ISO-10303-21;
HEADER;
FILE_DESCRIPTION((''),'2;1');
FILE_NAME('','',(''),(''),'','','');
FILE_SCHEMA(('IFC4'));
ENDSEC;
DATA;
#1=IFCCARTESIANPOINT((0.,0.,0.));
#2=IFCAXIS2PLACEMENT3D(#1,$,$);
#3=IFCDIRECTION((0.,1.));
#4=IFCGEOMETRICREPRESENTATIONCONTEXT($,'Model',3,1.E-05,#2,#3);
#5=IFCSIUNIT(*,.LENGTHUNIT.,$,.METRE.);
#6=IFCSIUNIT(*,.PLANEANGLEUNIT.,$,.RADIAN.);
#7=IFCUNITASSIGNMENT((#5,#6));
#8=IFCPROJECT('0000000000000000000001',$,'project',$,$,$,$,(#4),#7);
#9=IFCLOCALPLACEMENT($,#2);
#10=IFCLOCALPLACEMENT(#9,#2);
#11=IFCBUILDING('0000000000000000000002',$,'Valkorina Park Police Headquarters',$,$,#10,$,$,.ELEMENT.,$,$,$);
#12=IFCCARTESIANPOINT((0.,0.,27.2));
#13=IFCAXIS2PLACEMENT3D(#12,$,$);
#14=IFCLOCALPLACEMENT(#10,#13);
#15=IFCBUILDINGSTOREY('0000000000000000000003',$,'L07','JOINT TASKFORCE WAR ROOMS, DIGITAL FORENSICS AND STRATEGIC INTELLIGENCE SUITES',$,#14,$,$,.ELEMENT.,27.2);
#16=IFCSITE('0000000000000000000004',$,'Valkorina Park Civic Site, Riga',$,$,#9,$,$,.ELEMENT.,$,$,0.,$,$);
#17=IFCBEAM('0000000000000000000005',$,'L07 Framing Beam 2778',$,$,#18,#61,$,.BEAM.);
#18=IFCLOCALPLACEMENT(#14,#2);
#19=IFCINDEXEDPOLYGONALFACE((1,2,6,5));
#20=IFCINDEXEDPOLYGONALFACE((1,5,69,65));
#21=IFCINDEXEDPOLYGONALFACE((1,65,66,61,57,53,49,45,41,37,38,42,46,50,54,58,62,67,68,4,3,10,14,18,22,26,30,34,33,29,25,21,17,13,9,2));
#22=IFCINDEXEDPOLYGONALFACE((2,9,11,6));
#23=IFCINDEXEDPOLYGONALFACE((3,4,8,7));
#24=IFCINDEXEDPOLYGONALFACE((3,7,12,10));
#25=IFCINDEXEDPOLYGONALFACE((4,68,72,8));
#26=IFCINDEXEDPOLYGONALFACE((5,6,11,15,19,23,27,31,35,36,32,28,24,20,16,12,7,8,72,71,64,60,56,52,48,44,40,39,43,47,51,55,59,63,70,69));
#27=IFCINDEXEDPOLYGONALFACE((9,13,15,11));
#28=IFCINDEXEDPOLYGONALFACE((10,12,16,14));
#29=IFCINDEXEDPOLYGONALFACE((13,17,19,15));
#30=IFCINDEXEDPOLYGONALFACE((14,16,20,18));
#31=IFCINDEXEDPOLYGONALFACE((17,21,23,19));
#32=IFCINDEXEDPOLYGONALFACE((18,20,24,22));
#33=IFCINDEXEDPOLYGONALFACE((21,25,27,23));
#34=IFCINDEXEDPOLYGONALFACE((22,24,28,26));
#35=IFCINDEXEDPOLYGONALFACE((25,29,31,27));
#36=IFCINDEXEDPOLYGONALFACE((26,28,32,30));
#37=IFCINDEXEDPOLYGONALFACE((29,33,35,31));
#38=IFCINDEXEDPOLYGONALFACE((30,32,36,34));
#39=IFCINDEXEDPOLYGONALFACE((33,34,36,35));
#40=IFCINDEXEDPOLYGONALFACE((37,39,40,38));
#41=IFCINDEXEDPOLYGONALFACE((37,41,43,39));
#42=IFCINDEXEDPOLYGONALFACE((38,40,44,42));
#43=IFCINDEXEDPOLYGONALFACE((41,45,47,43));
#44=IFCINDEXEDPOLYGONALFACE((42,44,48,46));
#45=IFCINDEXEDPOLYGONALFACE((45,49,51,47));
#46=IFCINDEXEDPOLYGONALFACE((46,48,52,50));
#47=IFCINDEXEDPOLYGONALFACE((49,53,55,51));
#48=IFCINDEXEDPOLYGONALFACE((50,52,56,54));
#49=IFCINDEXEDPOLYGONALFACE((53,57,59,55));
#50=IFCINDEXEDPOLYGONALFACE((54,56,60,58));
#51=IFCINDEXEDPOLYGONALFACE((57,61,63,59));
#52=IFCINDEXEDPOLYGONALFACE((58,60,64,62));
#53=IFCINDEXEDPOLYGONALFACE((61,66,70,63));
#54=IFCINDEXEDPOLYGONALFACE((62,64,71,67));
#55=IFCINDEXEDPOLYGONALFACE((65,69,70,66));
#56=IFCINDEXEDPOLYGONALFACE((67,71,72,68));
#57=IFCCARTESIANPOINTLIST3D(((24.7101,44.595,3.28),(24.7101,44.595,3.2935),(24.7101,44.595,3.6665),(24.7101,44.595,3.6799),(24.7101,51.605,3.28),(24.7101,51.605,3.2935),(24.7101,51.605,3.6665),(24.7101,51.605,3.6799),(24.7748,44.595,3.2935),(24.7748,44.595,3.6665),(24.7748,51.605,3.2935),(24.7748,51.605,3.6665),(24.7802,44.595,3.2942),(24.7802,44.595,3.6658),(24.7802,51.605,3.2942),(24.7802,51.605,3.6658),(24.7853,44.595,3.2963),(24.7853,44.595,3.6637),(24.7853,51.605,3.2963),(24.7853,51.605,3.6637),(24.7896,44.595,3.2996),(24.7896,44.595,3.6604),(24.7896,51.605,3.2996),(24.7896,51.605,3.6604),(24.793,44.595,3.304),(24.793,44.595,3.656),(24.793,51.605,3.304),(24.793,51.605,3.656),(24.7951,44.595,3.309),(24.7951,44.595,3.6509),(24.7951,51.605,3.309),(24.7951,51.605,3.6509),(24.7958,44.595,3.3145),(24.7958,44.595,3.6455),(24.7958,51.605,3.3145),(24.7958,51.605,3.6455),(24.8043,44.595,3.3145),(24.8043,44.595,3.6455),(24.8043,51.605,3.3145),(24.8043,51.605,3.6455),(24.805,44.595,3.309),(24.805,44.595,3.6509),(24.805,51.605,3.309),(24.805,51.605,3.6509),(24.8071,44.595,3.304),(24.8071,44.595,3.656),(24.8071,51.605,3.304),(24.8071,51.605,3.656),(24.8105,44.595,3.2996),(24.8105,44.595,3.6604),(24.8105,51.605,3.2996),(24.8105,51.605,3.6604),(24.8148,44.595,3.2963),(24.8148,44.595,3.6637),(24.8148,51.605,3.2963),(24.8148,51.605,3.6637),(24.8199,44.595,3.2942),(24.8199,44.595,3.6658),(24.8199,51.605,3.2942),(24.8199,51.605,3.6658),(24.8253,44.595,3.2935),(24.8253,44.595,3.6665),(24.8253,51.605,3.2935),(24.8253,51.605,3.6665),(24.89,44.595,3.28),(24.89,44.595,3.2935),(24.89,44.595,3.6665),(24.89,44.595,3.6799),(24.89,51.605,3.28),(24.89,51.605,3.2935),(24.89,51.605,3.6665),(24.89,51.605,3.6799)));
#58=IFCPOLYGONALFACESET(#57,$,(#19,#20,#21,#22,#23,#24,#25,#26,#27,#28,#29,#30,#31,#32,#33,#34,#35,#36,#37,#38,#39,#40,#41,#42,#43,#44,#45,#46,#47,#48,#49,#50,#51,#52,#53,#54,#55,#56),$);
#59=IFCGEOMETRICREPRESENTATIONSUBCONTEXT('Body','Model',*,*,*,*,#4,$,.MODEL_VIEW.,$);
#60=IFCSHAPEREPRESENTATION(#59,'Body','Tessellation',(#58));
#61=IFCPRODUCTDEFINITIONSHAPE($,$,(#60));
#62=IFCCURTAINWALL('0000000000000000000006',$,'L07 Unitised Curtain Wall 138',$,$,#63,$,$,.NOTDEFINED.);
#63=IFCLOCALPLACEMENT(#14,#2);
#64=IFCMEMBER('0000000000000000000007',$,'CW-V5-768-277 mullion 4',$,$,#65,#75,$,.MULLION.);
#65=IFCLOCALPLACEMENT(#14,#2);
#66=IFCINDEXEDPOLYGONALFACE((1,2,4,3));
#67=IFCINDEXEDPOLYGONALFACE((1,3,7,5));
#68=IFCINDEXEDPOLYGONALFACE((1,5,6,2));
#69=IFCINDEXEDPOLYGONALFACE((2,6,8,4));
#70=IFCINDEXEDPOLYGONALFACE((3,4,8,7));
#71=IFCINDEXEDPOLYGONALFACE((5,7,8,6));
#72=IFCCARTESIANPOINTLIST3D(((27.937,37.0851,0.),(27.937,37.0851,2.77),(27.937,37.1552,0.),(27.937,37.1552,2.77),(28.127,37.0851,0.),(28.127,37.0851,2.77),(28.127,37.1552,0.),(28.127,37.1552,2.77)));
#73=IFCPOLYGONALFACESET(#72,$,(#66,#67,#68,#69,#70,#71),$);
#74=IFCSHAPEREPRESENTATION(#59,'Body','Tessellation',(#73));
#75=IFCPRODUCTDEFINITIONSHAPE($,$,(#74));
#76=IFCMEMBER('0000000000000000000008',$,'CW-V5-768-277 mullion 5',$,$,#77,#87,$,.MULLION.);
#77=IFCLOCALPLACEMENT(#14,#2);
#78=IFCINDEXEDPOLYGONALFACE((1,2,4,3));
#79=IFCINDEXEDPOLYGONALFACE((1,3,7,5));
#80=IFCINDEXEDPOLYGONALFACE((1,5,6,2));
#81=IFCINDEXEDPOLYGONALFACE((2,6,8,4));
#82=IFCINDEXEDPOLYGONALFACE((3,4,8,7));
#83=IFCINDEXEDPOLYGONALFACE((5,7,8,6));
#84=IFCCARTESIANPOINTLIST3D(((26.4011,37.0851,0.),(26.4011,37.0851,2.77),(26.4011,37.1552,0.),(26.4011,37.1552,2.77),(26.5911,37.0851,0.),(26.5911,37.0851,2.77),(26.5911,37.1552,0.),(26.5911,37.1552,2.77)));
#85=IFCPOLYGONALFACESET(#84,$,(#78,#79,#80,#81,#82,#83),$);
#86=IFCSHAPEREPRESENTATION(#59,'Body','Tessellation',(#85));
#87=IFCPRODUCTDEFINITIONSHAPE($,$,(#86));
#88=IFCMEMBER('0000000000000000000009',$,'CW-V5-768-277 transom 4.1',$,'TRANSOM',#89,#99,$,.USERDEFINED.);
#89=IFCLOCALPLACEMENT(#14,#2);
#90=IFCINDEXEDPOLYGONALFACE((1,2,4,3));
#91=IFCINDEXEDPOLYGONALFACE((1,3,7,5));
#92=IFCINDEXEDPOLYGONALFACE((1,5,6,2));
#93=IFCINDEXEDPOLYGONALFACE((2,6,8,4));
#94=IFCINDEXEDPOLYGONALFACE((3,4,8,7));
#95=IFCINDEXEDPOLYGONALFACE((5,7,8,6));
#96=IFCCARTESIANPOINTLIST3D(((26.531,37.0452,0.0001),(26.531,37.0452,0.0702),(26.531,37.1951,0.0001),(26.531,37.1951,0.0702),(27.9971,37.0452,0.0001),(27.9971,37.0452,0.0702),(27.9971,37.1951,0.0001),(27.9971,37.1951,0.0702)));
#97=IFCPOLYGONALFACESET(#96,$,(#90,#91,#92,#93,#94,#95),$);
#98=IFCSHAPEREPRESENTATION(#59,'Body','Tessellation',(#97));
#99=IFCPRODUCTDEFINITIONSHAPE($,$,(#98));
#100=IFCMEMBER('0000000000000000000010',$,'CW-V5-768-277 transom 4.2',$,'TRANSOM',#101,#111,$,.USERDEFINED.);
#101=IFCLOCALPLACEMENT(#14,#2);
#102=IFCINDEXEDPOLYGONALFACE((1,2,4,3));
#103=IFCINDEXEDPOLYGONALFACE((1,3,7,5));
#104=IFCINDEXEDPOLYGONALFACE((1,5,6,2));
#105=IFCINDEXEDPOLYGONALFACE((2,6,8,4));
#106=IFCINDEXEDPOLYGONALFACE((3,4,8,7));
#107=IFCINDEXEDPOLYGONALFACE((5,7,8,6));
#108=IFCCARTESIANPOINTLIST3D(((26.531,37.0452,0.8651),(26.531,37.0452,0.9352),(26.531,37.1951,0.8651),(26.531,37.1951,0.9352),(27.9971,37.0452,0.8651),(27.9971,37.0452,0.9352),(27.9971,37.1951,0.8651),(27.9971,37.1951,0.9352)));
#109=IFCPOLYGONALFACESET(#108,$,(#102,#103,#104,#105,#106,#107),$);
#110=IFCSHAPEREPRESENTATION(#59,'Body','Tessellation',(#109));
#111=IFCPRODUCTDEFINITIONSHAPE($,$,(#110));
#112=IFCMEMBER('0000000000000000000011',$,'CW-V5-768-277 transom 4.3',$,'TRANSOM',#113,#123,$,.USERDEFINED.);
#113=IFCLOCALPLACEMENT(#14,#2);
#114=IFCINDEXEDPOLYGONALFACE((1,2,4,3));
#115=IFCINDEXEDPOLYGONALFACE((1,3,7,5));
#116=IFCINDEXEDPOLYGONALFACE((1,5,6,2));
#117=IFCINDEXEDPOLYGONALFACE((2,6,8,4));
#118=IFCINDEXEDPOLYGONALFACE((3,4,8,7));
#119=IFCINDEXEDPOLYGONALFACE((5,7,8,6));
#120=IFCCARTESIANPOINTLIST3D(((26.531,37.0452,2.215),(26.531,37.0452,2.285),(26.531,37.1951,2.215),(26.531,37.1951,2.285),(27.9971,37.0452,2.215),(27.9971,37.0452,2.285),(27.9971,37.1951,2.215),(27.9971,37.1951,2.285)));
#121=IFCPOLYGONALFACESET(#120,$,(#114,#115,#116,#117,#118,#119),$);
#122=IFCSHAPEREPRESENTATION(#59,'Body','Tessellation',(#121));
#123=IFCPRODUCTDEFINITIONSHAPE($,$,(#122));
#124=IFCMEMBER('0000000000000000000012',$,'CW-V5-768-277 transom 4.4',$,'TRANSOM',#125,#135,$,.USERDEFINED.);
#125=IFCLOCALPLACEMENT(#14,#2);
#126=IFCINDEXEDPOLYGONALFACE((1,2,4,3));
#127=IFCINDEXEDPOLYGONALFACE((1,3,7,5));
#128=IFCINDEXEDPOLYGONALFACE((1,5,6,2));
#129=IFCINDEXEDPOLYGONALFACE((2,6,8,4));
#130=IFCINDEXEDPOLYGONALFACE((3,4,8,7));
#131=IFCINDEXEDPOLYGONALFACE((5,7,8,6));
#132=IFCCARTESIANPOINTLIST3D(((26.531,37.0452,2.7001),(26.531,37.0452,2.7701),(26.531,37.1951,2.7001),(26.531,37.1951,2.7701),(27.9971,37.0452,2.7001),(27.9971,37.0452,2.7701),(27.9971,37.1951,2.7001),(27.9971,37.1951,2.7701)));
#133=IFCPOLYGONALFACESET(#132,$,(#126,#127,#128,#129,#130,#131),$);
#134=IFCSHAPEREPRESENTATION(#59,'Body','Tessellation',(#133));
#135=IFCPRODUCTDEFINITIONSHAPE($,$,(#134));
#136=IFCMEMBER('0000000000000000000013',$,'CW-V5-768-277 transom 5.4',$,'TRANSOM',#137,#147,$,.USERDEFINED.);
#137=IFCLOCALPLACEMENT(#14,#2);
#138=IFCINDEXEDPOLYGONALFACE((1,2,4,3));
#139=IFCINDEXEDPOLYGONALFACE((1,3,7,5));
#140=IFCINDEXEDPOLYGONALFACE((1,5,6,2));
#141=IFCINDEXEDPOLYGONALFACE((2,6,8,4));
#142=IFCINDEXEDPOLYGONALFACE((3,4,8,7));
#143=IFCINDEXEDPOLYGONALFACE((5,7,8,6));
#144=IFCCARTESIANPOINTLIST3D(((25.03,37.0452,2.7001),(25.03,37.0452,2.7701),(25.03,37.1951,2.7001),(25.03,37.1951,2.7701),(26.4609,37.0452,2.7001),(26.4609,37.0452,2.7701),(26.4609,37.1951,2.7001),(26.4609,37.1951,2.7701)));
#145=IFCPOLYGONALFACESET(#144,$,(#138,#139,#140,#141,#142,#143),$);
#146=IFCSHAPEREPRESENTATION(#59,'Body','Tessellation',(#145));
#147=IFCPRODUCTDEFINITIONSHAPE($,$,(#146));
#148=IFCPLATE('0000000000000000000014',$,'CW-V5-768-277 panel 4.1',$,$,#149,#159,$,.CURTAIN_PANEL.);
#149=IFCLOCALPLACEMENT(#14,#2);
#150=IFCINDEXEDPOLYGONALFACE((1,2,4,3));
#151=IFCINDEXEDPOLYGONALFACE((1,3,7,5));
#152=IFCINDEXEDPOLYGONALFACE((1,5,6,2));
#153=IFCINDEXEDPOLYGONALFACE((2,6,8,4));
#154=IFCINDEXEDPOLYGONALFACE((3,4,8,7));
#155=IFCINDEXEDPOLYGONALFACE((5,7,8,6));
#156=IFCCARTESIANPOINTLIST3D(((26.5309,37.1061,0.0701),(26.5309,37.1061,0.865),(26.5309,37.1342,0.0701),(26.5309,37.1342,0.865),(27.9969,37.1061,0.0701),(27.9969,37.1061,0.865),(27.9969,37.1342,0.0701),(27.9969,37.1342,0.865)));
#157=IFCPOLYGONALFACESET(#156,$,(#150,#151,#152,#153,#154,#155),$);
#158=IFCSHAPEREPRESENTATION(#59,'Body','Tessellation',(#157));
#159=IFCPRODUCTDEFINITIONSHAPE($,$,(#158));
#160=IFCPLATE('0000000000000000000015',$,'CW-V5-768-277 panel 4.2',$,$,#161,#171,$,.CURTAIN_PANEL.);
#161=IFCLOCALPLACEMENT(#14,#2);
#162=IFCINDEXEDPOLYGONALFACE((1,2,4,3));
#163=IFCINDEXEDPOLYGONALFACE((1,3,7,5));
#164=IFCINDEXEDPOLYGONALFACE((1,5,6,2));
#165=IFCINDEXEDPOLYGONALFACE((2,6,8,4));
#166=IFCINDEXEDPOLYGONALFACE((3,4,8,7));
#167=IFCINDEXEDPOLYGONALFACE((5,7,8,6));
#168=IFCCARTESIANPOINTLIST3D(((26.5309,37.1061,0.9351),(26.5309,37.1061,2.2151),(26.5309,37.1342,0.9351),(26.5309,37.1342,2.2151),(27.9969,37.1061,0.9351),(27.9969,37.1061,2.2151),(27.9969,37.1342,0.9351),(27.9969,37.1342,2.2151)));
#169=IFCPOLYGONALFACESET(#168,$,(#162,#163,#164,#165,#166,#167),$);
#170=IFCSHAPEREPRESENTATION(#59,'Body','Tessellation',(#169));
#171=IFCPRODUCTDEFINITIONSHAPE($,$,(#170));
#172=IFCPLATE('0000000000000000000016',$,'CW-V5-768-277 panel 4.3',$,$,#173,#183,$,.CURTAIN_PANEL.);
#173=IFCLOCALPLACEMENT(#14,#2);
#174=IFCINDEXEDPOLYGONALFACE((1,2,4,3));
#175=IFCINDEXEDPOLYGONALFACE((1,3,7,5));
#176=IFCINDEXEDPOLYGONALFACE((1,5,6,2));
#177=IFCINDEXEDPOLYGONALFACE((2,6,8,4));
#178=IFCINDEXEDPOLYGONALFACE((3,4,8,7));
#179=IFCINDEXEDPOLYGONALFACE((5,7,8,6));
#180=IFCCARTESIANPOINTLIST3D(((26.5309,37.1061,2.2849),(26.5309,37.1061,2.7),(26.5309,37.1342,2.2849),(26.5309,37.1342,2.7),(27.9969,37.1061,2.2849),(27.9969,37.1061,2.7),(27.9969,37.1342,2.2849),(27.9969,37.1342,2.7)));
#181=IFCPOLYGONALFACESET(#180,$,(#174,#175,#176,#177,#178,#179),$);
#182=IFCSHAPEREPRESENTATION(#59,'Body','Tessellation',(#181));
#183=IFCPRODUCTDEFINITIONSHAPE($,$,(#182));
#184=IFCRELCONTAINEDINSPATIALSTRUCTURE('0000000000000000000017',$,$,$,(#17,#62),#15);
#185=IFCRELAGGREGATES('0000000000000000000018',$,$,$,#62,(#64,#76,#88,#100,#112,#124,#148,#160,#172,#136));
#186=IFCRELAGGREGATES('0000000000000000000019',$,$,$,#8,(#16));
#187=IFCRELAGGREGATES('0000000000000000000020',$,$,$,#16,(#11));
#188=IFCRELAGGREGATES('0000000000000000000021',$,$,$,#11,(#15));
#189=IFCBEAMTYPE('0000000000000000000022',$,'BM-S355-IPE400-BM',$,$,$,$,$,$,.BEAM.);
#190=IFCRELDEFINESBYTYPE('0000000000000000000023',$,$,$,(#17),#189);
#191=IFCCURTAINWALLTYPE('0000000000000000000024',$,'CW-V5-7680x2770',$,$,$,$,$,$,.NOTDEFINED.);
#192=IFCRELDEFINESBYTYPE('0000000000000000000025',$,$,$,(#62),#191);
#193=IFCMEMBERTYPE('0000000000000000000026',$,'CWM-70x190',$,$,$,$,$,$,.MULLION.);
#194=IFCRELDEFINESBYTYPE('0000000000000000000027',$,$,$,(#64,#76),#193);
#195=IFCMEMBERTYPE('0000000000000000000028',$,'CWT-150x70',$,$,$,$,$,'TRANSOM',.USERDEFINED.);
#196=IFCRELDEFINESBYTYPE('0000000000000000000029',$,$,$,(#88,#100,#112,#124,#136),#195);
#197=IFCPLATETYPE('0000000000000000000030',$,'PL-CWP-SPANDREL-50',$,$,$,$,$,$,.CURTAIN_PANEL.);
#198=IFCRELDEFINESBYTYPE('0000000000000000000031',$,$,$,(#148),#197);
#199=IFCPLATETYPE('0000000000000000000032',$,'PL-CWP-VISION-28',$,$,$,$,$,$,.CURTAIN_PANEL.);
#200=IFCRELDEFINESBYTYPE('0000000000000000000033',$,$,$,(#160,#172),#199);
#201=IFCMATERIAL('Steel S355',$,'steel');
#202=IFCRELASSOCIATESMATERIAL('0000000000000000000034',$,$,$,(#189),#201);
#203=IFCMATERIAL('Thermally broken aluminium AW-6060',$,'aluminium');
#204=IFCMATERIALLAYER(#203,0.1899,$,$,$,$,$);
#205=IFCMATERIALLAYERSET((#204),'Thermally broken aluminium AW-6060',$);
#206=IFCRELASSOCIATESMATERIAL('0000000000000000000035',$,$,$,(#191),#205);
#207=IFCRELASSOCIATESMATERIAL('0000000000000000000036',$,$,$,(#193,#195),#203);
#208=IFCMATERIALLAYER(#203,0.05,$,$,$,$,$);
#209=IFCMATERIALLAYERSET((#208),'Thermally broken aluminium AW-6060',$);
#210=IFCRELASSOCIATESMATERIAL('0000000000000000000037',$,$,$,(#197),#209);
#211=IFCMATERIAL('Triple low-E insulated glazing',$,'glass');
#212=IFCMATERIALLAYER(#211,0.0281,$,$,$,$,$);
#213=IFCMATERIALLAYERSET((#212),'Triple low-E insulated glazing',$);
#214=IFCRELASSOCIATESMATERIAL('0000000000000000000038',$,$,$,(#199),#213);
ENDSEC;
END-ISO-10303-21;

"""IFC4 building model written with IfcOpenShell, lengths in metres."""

from ifc_helpers import new_model, si_unit, direction, frame, origin, origin_2d, place, context, subcontext, project, spatial, rectangle, i_section, extrude, material, layer, layer_set, material_profile, profile_set, type_object, element, aggregate, save


model = new_model("IFC4")

# Units and contexts
model_context = context("Model", 3, precision=1e-05, world=origin(), true_north=direction((0.0, 1.0)))
body_context = subcontext(model_context, "Body", "Model", "MODEL_VIEW")
ifc_project = project(units=[si_unit("LENGTHUNIT", "METRE"), si_unit("PLANEANGLEUNIT", "RADIAN")], contexts=[model_context])

# Site, building, storey
site_placement = place(None, origin())
site = spatial("IfcSite", under=ifc_project, at=site_placement, Name="Valkorina Park Civic Site, Riga", CompositionType="ELEMENT", RefElevation=0.0)
building_placement = place(site_placement, origin())
building = spatial("IfcBuilding", under=site, at=building_placement, Name="Valkorina Park Police Headquarters", CompositionType="ELEMENT")
storey_placement = place(building_placement, frame((0.0, 0.0, 27.2)))
storey = spatial("IfcBuildingStorey", under=building, at=storey_placement, Name="L07", Description="JOINT TASKFORCE WAR ROOMS, DIGITAL FORENSICS AND STRATEGIC INTELLIGENCE SUITES", CompositionType="ELEMENT", Elevation=27.2)

# Shared definitions
ifc_material_1 = material(Name="Steel S355", Category="steel")

# Beam
ifc_material_profile_1 = material_profile(ifc_material_1, i_section(OverallWidth=0.1799, OverallDepth=0.3999, WebThickness=0.0085, FlangeThickness=0.0134, FilletRadius=0.021, at=origin_2d()), Name="IPE 400")
ifc_profile_set_1 = profile_set([ifc_material_profile_1], Name="Steel S355")
beam_type_1 = type_object("IfcBeamType", Name="BM-S355-IPE400-BM", PredefinedType="BEAM", material=ifc_profile_set_1)
beam_1_placement = place(storey_placement, frame((24.8, 44.595, 3.48), z_axis=(0.0, 1.0, 0.0), x_axis=(-1.0, 0.0, 0.0)))
element("IfcBeam", 1, at=beam_1_placement, inside=storey, type_object=beam_type_1, Name="L07 Framing Beam 2778", PredefinedType="BEAM", context=body_context, shape_type="SweptSolid", body=[
    extrude(i_section(OverallWidth=0.1799, OverallDepth=0.3999, WebThickness=0.0085, FlangeThickness=0.0134, FilletRadius=0.021, at=origin_2d()), origin(), (0.0, 0.0, 1.0), 7.01),
])

# Curtain wall, members, plates
ifc_material_2 = material(Name="Thermally broken aluminium AW-6060", Category="aluminium")
ifc_layer_1 = layer(ifc_material_2, 0.1899)
ifc_layer_set_1 = layer_set([ifc_layer_1], Name="Thermally broken aluminium AW-6060")
curtain_wall_type = type_object("IfcCurtainWallType", Name="CW-V5-7680x2770", PredefinedType="NOTDEFINED", material=ifc_layer_set_1)
curtain_wall_placement = place(storey_placement, origin())
curtain_wall = element("IfcCurtainWall", 2, at=curtain_wall_placement, inside=storey, type_object=curtain_wall_type, Name="L07 Unitised Curtain Wall 138", PredefinedType="NOTDEFINED")
ifc_material_profile_2 = material_profile(ifc_material_2, rectangle(XDim=0.0701, YDim=0.1899, at=origin_2d()), Name="CWM-02 70x190")
ifc_profile_set_2 = profile_set([ifc_material_profile_2], Name="Thermally broken aluminium AW-6060")
member_type_1 = type_object("IfcMemberType", Name="CWM-70x190", PredefinedType="MULLION", material=ifc_profile_set_2)
member_1_placement = place(storey_placement, frame((28.032, 37.1201, 0.0), z_axis=(0.0, 0.0, 1.0), x_axis=(0.0, -1.0, 0.0)))
member_1 = element("IfcMember", 3, at=member_1_placement, type_object=member_type_1, Name="CW-V5-768-277 mullion 4", PredefinedType="MULLION", context=body_context, shape_type="SweptSolid", body=[
    extrude(rectangle(XDim=0.0701, YDim=0.1899, at=origin_2d()), origin(), (0.0, 0.0, 1.0), 2.77),
])
member_2_placement = place(storey_placement, frame((26.4961, 37.1201, 0.0), z_axis=(0.0, 0.0, 1.0), x_axis=(0.0, -1.0, 0.0)))
member_2 = element("IfcMember", 4, at=member_2_placement, type_object=member_type_1, Name="CW-V5-768-277 mullion 5", PredefinedType="MULLION", context=body_context, shape_type="SweptSolid", body=[
    extrude(rectangle(XDim=0.0701, YDim=0.1899, at=origin_2d()), origin(), (0.0, 0.0, 1.0), 2.77),
])
ifc_material_profile_3 = material_profile(ifc_material_2, rectangle(XDim=0.1499, YDim=0.0701, at=origin_2d()), Name="CWT-02 150x70")
ifc_profile_set_3 = profile_set([ifc_material_profile_3], Name="Thermally broken aluminium AW-6060")
member_type_2 = type_object("IfcMemberType", Name="CWT-150x70", ElementType="TRANSOM", PredefinedType="USERDEFINED", material=ifc_profile_set_3)
member_3_placement = place(storey_placement, frame((27.9971, 37.1201, 0.0352), z_axis=(-1.0, 0.0, 0.0), x_axis=(0.0, -1.0, 0.0)))
member_3 = element("IfcMember", 5, at=member_3_placement, type_object=member_type_2, Name="CW-V5-768-277 transom 4.1", ObjectType="TRANSOM", PredefinedType="USERDEFINED", context=body_context, shape_type="SweptSolid", body=[
    extrude(rectangle(XDim=0.1499, YDim=0.0701, at=origin_2d()), origin(), (0.0, 0.0, 1.0), 1.4661),
])
member_4_placement = place(storey_placement, frame((27.9971, 37.1201, 0.9001), z_axis=(-1.0, 0.0, 0.0), x_axis=(0.0, -1.0, 0.0)))
member_4 = element("IfcMember", 6, at=member_4_placement, type_object=member_type_2, Name="CW-V5-768-277 transom 4.2", ObjectType="TRANSOM", PredefinedType="USERDEFINED", context=body_context, shape_type="SweptSolid", body=[
    extrude(rectangle(XDim=0.1499, YDim=0.0701, at=origin_2d()), origin(), (0.0, 0.0, 1.0), 1.4661),
])
member_5_placement = place(storey_placement, frame((27.9971, 37.1201, 2.25), z_axis=(-1.0, 0.0, 0.0), x_axis=(0.0, -1.0, 0.0)))
member_5 = element("IfcMember", 7, at=member_5_placement, type_object=member_type_2, Name="CW-V5-768-277 transom 4.3", ObjectType="TRANSOM", PredefinedType="USERDEFINED", context=body_context, shape_type="SweptSolid", body=[
    extrude(rectangle(XDim=0.1499, YDim=0.0701, at=origin_2d()), origin(), (0.0, 0.0, 1.0), 1.4661),
])
member_6_placement = place(storey_placement, frame((27.9971, 37.1201, 2.7351), z_axis=(-1.0, 0.0, 0.0), x_axis=(0.0, -1.0, 0.0)))
member_6 = element("IfcMember", 8, at=member_6_placement, type_object=member_type_2, Name="CW-V5-768-277 transom 4.4", ObjectType="TRANSOM", PredefinedType="USERDEFINED", context=body_context, shape_type="SweptSolid", body=[
    extrude(rectangle(XDim=0.1499, YDim=0.0701, at=origin_2d()), origin(), (0.0, 0.0, 1.0), 1.4661),
])
member_7_placement = place(storey_placement, frame((26.4609, 37.1201, 2.7351), z_axis=(-1.0, 0.0, 0.0), x_axis=(0.0, -1.0, 0.0)))
member_7 = element("IfcMember", 9, at=member_7_placement, type_object=member_type_2, Name="CW-V5-768-277 transom 5.4", ObjectType="TRANSOM", PredefinedType="USERDEFINED", context=body_context, shape_type="SweptSolid", body=[
    extrude(rectangle(XDim=0.1499, YDim=0.0701, at=origin_2d()), origin(), (0.0, 0.0, 1.0), 1.4309),
])
ifc_layer_2 = layer(ifc_material_2, 0.05)
ifc_layer_set_2 = layer_set([ifc_layer_2], Name="Thermally broken aluminium AW-6060")
plate_type_1 = type_object("IfcPlateType", Name="PL-CWP-SPANDREL-50", PredefinedType="CURTAIN_PANEL", material=ifc_layer_set_2)
plate_1_placement = place(storey_placement, frame((27.2639, 37.1201, 0.0701), z_axis=(0.0, 0.0, 1.0), x_axis=(-1.0, 0.0, 0.0)))
plate_1 = element("IfcPlate", 10, at=plate_1_placement, type_object=plate_type_1, Name="CW-V5-768-277 panel 4.1", PredefinedType="CURTAIN_PANEL", context=body_context, shape_type="SweptSolid", body=[
    extrude(rectangle(XDim=1.4661, YDim=0.0281, at=origin_2d()), origin(), (0.0, 0.0, 1.0), 0.7949),
])
ifc_material_3 = material(Name="Triple low-E insulated glazing", Category="glass")
ifc_layer_3 = layer(ifc_material_3, 0.0281)
ifc_layer_set_3 = layer_set([ifc_layer_3], Name="Triple low-E insulated glazing")
plate_type_2 = type_object("IfcPlateType", Name="PL-CWP-VISION-28", PredefinedType="CURTAIN_PANEL", material=ifc_layer_set_3)
plate_2_placement = place(storey_placement, frame((27.2639, 37.1201, 0.9351), z_axis=(0.0, 0.0, 1.0), x_axis=(-1.0, 0.0, 0.0)))
plate_2 = element("IfcPlate", 11, at=plate_2_placement, type_object=plate_type_2, Name="CW-V5-768-277 panel 4.2", PredefinedType="CURTAIN_PANEL", context=body_context, shape_type="SweptSolid", body=[
    extrude(rectangle(XDim=1.4661, YDim=0.0281, at=origin_2d()), origin(), (0.0, 0.0, 1.0), 1.28),
])
plate_3_placement = place(storey_placement, frame((27.2639, 37.1201, 2.2849), z_axis=(0.0, 0.0, 1.0), x_axis=(-1.0, 0.0, 0.0)))
plate_3 = element("IfcPlate", 12, at=plate_3_placement, type_object=plate_type_2, Name="CW-V5-768-277 panel 4.3", PredefinedType="CURTAIN_PANEL", context=body_context, shape_type="SweptSolid", body=[
    extrude(rectangle(XDim=1.4661, YDim=0.0281, at=origin_2d()), origin(), (0.0, 0.0, 1.0), 0.415),
])
aggregate(curtain_wall, [member_1, member_2, member_3, member_4, member_5, member_6, plate_1, plate_2, plate_3, member_7])

save(model, "model.ifc")
